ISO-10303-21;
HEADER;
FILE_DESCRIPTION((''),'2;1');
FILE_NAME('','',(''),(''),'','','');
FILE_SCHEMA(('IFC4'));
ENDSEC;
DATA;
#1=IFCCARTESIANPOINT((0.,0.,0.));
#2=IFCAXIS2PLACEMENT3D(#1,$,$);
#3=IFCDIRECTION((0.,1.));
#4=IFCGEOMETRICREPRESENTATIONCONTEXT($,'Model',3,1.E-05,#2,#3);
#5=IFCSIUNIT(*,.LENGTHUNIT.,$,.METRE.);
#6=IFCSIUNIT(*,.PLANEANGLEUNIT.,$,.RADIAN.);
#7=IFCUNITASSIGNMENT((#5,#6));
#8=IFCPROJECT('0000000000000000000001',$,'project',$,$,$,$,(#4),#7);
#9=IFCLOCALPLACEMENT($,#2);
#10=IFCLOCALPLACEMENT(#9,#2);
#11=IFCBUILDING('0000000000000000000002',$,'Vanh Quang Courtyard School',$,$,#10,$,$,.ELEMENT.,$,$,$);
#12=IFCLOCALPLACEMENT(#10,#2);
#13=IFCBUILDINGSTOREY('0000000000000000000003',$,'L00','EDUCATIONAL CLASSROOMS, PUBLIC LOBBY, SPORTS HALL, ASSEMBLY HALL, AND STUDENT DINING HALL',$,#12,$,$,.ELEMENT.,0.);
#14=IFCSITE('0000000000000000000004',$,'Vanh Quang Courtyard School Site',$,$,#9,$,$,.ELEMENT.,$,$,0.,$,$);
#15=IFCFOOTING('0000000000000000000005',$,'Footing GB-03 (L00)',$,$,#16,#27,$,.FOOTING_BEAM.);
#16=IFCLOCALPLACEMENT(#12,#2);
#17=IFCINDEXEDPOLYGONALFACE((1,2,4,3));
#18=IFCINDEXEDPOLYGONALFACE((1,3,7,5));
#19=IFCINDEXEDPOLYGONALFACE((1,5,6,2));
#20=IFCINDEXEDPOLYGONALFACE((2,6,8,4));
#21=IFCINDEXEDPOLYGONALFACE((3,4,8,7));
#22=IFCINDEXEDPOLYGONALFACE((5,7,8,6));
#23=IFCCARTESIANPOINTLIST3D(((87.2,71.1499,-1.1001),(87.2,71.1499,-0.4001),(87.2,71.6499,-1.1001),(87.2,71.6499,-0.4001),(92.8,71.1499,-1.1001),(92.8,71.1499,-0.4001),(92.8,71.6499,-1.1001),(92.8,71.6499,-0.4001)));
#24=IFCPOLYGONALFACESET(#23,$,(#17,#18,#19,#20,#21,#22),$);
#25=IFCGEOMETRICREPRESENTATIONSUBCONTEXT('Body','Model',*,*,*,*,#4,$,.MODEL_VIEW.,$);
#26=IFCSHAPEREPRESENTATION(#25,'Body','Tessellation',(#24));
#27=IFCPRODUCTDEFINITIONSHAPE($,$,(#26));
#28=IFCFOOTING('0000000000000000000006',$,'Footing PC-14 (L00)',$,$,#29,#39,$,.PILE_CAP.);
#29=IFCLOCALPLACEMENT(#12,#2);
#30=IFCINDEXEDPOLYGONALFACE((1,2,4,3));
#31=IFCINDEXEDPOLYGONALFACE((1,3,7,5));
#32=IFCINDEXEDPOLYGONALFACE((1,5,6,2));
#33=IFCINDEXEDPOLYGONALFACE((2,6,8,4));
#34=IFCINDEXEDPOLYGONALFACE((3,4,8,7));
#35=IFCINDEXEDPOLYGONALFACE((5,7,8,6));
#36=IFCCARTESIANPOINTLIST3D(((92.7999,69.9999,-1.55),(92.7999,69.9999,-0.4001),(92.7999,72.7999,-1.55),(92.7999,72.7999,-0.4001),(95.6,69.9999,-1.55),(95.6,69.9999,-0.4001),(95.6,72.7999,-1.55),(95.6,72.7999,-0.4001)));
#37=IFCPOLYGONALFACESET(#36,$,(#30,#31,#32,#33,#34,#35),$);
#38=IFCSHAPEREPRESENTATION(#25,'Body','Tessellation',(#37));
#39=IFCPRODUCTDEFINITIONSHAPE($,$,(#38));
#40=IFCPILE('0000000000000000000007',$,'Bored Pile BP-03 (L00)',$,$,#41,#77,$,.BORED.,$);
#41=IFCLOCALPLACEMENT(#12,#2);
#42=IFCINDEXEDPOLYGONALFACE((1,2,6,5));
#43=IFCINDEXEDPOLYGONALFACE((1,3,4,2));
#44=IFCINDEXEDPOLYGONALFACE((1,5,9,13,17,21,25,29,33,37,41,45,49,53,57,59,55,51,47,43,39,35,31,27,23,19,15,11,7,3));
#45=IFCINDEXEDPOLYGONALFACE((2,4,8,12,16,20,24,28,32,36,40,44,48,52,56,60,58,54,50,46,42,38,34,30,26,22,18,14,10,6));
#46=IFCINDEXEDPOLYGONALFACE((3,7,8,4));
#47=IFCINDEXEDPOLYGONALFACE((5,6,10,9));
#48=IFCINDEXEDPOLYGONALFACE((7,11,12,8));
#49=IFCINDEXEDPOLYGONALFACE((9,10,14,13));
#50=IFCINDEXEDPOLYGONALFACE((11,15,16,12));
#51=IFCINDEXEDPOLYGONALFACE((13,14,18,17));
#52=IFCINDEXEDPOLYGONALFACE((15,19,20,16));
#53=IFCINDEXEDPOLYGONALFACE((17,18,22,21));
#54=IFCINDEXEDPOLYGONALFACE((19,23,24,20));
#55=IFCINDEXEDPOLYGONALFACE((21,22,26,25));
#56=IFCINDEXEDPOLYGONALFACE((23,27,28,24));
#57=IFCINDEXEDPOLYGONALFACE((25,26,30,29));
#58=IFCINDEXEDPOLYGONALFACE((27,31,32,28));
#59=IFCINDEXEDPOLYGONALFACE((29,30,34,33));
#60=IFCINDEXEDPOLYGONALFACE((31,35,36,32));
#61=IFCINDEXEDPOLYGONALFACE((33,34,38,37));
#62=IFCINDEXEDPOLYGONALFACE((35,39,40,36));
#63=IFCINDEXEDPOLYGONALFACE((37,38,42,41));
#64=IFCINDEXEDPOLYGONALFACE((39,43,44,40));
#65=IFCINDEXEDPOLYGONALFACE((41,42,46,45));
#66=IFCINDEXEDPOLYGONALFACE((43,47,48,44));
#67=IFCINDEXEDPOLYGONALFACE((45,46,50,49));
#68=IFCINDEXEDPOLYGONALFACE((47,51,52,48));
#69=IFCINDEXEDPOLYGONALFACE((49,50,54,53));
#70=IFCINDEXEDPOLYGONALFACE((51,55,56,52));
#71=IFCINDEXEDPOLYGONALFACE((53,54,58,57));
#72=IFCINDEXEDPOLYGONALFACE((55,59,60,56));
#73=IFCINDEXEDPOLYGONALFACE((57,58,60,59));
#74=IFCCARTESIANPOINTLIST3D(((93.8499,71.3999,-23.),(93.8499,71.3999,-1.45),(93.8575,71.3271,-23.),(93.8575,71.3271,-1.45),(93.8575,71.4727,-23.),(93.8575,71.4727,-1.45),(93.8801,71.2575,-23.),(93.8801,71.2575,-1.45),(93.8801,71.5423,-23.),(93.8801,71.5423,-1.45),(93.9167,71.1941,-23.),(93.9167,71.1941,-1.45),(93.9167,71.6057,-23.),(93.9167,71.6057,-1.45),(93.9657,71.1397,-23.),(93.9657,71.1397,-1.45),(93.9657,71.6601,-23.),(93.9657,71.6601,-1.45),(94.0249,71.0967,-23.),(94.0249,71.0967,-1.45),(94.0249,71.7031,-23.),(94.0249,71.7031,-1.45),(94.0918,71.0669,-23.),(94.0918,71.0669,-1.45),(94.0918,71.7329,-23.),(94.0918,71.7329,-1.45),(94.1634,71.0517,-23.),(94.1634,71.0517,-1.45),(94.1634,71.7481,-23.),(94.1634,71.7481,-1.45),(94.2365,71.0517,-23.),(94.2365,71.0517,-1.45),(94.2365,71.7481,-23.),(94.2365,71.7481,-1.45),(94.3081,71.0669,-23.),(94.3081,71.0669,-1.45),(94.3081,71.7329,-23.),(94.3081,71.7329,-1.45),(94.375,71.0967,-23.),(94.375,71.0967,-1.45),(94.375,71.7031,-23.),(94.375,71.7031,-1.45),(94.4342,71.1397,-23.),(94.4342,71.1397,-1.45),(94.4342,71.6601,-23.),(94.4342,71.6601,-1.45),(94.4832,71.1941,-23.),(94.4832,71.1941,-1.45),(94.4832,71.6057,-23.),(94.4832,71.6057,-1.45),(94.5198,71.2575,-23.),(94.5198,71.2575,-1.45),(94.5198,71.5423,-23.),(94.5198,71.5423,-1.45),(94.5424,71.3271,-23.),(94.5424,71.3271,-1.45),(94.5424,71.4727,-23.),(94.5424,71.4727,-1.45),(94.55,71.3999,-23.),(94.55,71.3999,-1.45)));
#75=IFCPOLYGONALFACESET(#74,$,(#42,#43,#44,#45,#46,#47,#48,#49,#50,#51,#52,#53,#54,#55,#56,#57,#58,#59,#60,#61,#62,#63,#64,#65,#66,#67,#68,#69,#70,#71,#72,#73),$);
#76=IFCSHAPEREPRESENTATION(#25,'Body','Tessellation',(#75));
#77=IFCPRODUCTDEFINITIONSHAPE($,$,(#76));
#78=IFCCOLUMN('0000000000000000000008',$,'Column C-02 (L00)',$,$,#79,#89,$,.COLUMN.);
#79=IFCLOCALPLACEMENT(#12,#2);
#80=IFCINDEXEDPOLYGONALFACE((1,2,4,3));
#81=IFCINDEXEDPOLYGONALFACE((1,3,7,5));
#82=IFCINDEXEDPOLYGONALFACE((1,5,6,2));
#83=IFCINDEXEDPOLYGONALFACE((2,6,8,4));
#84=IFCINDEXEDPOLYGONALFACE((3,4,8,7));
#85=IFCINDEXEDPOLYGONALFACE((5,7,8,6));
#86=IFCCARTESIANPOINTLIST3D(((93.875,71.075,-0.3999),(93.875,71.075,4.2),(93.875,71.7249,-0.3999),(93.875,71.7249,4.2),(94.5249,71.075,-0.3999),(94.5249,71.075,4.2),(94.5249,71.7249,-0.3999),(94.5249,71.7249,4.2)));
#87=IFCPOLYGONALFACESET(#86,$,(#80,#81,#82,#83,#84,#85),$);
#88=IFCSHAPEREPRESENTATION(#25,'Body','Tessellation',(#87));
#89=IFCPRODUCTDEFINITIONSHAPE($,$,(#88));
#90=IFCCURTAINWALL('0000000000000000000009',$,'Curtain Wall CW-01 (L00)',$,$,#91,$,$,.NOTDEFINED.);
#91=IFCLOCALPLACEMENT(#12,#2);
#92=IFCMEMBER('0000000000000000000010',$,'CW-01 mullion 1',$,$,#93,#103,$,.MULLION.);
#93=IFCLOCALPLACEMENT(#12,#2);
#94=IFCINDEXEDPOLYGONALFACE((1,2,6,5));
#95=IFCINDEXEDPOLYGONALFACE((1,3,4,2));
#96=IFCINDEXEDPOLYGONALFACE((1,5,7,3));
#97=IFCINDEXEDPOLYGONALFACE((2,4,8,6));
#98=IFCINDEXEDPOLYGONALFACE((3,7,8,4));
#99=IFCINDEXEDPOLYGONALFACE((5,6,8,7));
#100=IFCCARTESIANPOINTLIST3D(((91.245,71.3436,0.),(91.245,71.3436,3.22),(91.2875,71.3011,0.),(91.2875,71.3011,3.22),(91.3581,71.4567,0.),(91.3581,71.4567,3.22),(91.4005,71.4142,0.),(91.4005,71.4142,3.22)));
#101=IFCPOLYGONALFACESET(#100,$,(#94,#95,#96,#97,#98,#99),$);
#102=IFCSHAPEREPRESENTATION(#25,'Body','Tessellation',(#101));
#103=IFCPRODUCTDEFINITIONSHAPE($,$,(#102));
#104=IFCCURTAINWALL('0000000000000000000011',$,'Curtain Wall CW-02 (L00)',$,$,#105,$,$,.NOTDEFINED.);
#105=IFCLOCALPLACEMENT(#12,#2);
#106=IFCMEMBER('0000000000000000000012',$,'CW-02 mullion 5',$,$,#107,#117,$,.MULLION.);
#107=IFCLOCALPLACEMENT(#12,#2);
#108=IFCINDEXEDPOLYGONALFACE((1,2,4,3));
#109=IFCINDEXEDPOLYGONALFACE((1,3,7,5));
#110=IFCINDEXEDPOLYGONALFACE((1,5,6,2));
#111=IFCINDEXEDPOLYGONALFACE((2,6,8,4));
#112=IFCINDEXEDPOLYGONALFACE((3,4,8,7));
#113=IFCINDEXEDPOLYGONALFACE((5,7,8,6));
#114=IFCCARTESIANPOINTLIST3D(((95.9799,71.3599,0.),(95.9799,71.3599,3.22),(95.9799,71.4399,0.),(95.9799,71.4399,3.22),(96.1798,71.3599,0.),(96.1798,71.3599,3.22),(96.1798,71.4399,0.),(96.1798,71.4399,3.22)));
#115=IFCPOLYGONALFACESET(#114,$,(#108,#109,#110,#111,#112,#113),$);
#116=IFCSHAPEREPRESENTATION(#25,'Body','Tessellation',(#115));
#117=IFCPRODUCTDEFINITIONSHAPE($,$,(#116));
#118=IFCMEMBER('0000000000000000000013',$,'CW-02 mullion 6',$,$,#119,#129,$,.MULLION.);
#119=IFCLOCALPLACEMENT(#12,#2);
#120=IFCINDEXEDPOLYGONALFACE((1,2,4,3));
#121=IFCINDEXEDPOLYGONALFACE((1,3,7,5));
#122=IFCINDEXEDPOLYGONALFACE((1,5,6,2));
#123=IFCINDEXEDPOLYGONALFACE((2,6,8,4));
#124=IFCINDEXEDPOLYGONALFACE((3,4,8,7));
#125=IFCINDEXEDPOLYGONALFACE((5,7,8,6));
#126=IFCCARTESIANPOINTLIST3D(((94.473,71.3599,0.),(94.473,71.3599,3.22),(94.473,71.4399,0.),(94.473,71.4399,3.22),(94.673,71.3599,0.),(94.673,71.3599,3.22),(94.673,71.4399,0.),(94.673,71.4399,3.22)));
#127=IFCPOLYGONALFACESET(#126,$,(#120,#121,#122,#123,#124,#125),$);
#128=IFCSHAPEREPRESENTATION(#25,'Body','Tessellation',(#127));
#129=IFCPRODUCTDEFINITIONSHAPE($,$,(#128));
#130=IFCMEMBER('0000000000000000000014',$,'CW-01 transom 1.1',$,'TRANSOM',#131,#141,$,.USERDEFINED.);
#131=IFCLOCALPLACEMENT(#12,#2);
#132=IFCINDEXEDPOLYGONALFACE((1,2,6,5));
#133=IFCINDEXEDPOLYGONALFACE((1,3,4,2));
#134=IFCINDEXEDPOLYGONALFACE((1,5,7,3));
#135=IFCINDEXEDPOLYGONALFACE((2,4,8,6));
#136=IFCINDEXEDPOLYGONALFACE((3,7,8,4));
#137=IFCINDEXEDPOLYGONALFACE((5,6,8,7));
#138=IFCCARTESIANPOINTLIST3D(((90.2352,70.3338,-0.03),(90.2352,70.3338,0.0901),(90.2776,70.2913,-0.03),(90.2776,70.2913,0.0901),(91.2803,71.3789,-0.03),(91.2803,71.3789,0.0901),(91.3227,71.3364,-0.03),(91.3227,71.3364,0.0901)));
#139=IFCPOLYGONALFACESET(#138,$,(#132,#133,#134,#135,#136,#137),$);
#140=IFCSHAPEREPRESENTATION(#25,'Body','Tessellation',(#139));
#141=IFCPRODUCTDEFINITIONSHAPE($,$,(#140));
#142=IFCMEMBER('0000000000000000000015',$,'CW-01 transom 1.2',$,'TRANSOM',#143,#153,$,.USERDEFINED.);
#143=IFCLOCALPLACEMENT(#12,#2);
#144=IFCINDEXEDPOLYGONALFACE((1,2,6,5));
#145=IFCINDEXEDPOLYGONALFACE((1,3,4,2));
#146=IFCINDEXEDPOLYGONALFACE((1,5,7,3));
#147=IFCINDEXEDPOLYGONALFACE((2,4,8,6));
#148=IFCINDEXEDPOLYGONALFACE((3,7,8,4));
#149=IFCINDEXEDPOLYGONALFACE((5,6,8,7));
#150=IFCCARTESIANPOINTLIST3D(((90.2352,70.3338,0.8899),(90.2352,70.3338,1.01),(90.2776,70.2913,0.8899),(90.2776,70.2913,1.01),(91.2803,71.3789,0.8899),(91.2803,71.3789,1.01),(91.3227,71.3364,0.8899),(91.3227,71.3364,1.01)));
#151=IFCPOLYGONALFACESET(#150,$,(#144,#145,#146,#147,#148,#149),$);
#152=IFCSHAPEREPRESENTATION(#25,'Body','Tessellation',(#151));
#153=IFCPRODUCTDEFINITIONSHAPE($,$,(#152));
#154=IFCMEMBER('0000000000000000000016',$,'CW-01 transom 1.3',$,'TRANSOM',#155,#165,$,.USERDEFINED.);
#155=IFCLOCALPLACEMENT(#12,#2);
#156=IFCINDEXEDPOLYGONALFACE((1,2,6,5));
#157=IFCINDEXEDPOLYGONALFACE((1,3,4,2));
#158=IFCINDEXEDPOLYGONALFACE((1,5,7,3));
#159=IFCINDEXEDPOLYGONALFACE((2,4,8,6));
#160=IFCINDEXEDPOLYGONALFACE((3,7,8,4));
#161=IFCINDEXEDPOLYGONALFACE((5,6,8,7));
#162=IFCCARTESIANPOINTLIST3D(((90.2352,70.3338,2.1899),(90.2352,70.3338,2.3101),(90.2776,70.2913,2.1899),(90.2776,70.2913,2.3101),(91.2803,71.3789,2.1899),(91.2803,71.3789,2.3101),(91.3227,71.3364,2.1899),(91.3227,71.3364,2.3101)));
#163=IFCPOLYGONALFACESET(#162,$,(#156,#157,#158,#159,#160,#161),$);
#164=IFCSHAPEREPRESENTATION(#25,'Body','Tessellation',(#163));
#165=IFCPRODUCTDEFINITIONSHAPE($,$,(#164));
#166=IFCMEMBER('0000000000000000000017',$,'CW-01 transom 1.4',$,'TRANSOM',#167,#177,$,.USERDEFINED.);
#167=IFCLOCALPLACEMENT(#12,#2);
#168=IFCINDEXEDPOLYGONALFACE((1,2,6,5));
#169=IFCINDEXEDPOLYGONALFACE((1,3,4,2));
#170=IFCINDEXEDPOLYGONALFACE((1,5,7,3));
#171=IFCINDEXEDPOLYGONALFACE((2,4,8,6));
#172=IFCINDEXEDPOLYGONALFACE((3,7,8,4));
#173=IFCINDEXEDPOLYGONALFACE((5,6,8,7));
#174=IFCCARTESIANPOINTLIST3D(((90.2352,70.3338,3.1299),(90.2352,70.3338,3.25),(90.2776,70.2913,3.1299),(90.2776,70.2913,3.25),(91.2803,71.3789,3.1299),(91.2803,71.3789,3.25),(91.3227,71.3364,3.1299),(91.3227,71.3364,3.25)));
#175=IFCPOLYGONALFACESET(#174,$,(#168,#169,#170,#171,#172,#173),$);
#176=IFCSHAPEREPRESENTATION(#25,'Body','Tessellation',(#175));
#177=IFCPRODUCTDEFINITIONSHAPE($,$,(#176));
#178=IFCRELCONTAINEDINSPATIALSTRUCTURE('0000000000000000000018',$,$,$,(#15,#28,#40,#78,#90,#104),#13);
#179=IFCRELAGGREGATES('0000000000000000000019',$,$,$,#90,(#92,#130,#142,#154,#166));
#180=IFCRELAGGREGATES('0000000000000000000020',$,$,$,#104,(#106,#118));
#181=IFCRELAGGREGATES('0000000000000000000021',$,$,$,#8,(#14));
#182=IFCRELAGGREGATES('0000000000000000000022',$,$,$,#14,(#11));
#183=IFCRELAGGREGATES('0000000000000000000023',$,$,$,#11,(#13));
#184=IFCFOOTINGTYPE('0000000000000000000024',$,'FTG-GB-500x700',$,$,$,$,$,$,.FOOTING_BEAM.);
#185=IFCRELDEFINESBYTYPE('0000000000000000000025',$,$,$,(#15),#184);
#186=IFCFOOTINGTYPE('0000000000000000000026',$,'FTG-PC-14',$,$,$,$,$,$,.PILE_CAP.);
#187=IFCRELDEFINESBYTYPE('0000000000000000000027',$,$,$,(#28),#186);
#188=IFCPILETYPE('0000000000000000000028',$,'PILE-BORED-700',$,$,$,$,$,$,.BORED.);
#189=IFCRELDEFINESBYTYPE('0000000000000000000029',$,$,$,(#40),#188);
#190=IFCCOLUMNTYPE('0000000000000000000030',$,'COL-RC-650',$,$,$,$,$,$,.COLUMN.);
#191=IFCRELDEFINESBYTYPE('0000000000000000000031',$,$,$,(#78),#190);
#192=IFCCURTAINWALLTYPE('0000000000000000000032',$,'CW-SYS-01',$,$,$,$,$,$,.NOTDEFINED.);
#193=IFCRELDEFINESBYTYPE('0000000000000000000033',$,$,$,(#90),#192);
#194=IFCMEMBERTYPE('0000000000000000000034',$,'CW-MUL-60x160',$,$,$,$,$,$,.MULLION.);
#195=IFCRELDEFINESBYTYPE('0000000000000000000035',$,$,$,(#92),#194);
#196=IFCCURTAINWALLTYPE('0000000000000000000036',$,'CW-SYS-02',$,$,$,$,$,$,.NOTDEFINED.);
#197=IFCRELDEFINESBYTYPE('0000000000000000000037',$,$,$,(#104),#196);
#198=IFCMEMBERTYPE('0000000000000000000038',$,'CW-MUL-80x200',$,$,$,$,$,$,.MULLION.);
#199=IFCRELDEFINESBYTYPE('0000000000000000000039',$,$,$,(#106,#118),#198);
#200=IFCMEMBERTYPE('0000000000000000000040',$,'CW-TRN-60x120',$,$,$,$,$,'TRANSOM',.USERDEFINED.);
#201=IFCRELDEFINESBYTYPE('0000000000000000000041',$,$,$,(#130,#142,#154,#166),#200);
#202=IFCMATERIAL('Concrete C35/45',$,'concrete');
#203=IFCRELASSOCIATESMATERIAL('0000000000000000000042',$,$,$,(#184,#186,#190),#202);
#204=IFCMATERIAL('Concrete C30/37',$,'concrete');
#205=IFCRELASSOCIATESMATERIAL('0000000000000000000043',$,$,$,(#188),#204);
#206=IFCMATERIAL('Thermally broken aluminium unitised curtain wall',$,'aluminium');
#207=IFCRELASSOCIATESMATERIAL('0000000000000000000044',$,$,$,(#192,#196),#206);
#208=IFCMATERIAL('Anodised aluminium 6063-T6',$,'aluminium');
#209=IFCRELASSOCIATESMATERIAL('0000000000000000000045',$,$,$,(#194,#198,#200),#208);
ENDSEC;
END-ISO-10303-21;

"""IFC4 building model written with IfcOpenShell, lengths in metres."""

from ifc_helpers import new_model, si_unit, direction, frame, origin, origin_2d, place, context, subcontext, project, spatial, rectangle, circle, extrude, material, material_profile, profile_set, type_object, element, aggregate, save


model = new_model("IFC4")

# Units and contexts
model_context = context("Model", 3, precision=1e-05, world=origin(), true_north=direction((0.0, 1.0)))
body_context = subcontext(model_context, "Body", "Model", "MODEL_VIEW")
ifc_project = project(units=[si_unit("LENGTHUNIT", "METRE"), si_unit("PLANEANGLEUNIT", "RADIAN")], contexts=[model_context])

# Site, building, storey
site_placement = place(None, origin())
site = spatial("IfcSite", under=ifc_project, at=site_placement, Name="Vanh Quang Courtyard School Site", CompositionType="ELEMENT", RefElevation=0.0)
building_placement = place(site_placement, origin())
building = spatial("IfcBuilding", under=site, at=building_placement, Name="Vanh Quang Courtyard School", CompositionType="ELEMENT")
storey_placement = place(building_placement, origin())
storey = spatial("IfcBuildingStorey", under=building, at=storey_placement, Name="L00", Description="EDUCATIONAL CLASSROOMS, PUBLIC LOBBY, SPORTS HALL, ASSEMBLY HALL, AND STUDENT DINING HALL", CompositionType="ELEMENT", Elevation=0.0)

# Footings
ifc_material_1 = material(Name="Concrete C35/45", Category="concrete")
footing_type_1 = type_object("IfcFootingType", Name="FTG-GB-500x700", PredefinedType="FOOTING_BEAM", material=ifc_material_1)
footing_1_placement = place(storey_placement, frame((90.0, 71.3999, -1.1001), z_axis=(0.0, 0.0, 1.0), x_axis=(1.0, 0.0, 0.0)))
element("IfcFooting", 1, at=footing_1_placement, inside=storey, type_object=footing_type_1, Name="Footing GB-03 (L00)", PredefinedType="FOOTING_BEAM", context=body_context, shape_type="SweptSolid", body=[
    extrude(rectangle(XDim=5.6001, YDim=0.5, at=origin_2d()), origin(), (0.0, 0.0, 1.0), 0.7),
])
footing_type_2 = type_object("IfcFootingType", Name="FTG-PC-14", PredefinedType="PILE_CAP", material=ifc_material_1)
footing_2_placement = place(storey_placement, frame((94.2, 71.3999, -1.55), z_axis=(0.0, 0.0, 1.0), x_axis=(1.0, 0.0, 0.0)))
element("IfcFooting", 2, at=footing_2_placement, inside=storey, type_object=footing_type_2, Name="Footing PC-14 (L00)", PredefinedType="PILE_CAP", context=body_context, shape_type="SweptSolid", body=[
    extrude(rectangle(XDim=2.8, YDim=2.8, at=origin_2d()), origin(), (0.0, 0.0, 1.0), 1.1499),
])

# Pile
ifc_material_2 = material(Name="Concrete C30/37", Category="concrete")
ifc_material_profile_1 = material_profile(ifc_material_2, circle(Radius=0.3501, at=origin_2d()), Name="PILE D700")
ifc_profile_set_1 = profile_set([ifc_material_profile_1], Name="Concrete C30/37")
pile_type = type_object("IfcPileType", Name="PILE-BORED-700", PredefinedType="BORED", material=ifc_profile_set_1)
pile_placement = place(storey_placement, frame((94.2, 71.3999, -1.45), z_axis=(0.0, 0.0, -1.0), x_axis=(1.0, 0.0, 0.0)))
element("IfcPile", 3, at=pile_placement, inside=storey, type_object=pile_type, Name="Bored Pile BP-03 (L00)", PredefinedType="BORED", context=body_context, shape_type="SweptSolid", body=[
    extrude(circle(Radius=0.3501, at=origin_2d()), origin(), (0.0, 0.0, 1.0), 21.55),
])

# Column
ifc_material_profile_2 = material_profile(ifc_material_1, rectangle(XDim=0.6499, YDim=0.6499, at=origin_2d()), Name="RC-COL 650x650")
ifc_profile_set_2 = profile_set([ifc_material_profile_2], Name="Concrete C35/45")
column_type = type_object("IfcColumnType", Name="COL-RC-650", PredefinedType="COLUMN", material=ifc_profile_set_2)
column_placement = place(storey_placement, frame((94.2, 71.3999, -0.3999), z_axis=(0.0, 0.0, 1.0), x_axis=(1.0, 0.0, 0.0)))
element("IfcColumn", 4, at=column_placement, inside=storey, type_object=column_type, Name="Column C-02 (L00)", PredefinedType="COLUMN", context=body_context, shape_type="SweptSolid", body=[
    extrude(rectangle(XDim=0.6499, YDim=0.6499, at=origin_2d()), origin(), (0.0, 0.0, 1.0), 4.5999),
])

# Curtain wall, member
ifc_material_3 = material(Name="Thermally broken aluminium unitised curtain wall", Category="aluminium")
curtain_wall_type_1 = type_object("IfcCurtainWallType", Name="CW-SYS-01", PredefinedType="NOTDEFINED", material=ifc_material_3)
curtain_wall_1_placement = place(storey_placement, origin())
curtain_wall_1 = element("IfcCurtainWall", 5, at=curtain_wall_1_placement, inside=storey, type_object=curtain_wall_type_1, Name="Curtain Wall CW-01 (L00)", PredefinedType="NOTDEFINED")
ifc_material_4 = material(Name="Anodised aluminium 6063-T6", Category="aluminium")
ifc_material_profile_3 = material_profile(ifc_material_4, rectangle(XDim=0.0601, YDim=0.1599, at=origin_2d()), Name="ALU-MUL 60x160")
ifc_profile_set_3 = profile_set([ifc_material_profile_3], Name="Anodised aluminium 6063-T6")
member_type_1 = type_object("IfcMemberType", Name="CW-MUL-60x160", PredefinedType="MULLION", material=ifc_profile_set_3)
member_1_placement = place(storey_placement, frame((91.3228, 71.3789, 0.0), z_axis=(0.0, 0.0, 1.0), x_axis=(0.707107, -0.707107, 0.0)))
member_1 = element("IfcMember", 6, at=member_1_placement, type_object=member_type_1, Name="CW-01 mullion 1", PredefinedType="MULLION", context=body_context, shape_type="SweptSolid", body=[
    extrude(rectangle(XDim=0.0601, YDim=0.1599, at=origin_2d()), origin(), (0.0, 0.0, 1.0), 3.22),
])

# Curtain wall, members
curtain_wall_type_2 = type_object("IfcCurtainWallType", Name="CW-SYS-02", PredefinedType="NOTDEFINED", material=ifc_material_3)
curtain_wall_2_placement = place(storey_placement, origin())
curtain_wall_2 = element("IfcCurtainWall", 7, at=curtain_wall_2_placement, inside=storey, type_object=curtain_wall_type_2, Name="Curtain Wall CW-02 (L00)", PredefinedType="NOTDEFINED")
ifc_material_profile_4 = material_profile(ifc_material_4, rectangle(XDim=0.0801, YDim=0.2, at=origin_2d()), Name="ALU-MUL 80x200")
ifc_profile_set_4 = profile_set([ifc_material_profile_4], Name="Anodised aluminium 6063-T6")
member_type_2 = type_object("IfcMemberType", Name="CW-MUL-80x200", PredefinedType="MULLION", material=ifc_profile_set_4)
member_2_placement = place(storey_placement, frame((96.0798, 71.3999, 0.0), z_axis=(0.0, 0.0, 1.0), x_axis=(0.0, -1.0, 0.0)))
member_2 = element("IfcMember", 8, at=member_2_placement, type_object=member_type_2, Name="CW-02 mullion 5", PredefinedType="MULLION", context=body_context, shape_type="SweptSolid", body=[
    extrude(rectangle(XDim=0.0801, YDim=0.2, at=origin_2d()), origin(), (0.0, 0.0, 1.0), 3.22),
])
member_3_placement = place(storey_placement, frame((94.573, 71.3999, 0.0), z_axis=(0.0, 0.0, 1.0), x_axis=(0.0, -1.0, 0.0)))
member_3 = element("IfcMember", 9, at=member_3_placement, type_object=member_type_2, Name="CW-02 mullion 6", PredefinedType="MULLION", context=body_context, shape_type="SweptSolid", body=[
    extrude(rectangle(XDim=0.0801, YDim=0.2, at=origin_2d()), origin(), (0.0, 0.0, 1.0), 3.22),
])

# Members
ifc_material_profile_5 = material_profile(ifc_material_4, rectangle(XDim=0.0601, YDim=0.1201, at=origin_2d()), Name="ALU-TRN 60x120")
ifc_profile_set_5 = profile_set([ifc_material_profile_5], Name="Anodised aluminium 6063-T6")
member_type_3 = type_object("IfcMemberType", Name="CW-TRN-60x120", ElementType="TRANSOM", PredefinedType="USERDEFINED", material=ifc_profile_set_5)
member_4_placement = place(storey_placement, frame((91.3015, 71.3577, 0.03), z_axis=(-0.707107, -0.707107, 0.0), x_axis=(0.707107, -0.707107, 0.0)))
member_4 = element("IfcMember", 10, at=member_4_placement, type_object=member_type_3, Name="CW-01 transom 1.1", ObjectType="TRANSOM", PredefinedType="USERDEFINED", context=body_context, shape_type="SweptSolid", body=[
    extrude(rectangle(XDim=0.0601, YDim=0.1201, at=origin_2d()), origin(), (0.0, 0.0, 1.0), 1.478),
])
member_5_placement = place(storey_placement, frame((91.3015, 71.3577, 0.95), z_axis=(-0.707107, -0.707107, 0.0), x_axis=(0.707107, -0.707107, 0.0)))
member_5 = element("IfcMember", 11, at=member_5_placement, type_object=member_type_3, Name="CW-01 transom 1.2", ObjectType="TRANSOM", PredefinedType="USERDEFINED", context=body_context, shape_type="SweptSolid", body=[
    extrude(rectangle(XDim=0.0601, YDim=0.1201, at=origin_2d()), origin(), (0.0, 0.0, 1.0), 1.478),
])
member_6_placement = place(storey_placement, frame((91.3015, 71.3577, 2.25), z_axis=(-0.707107, -0.707107, 0.0), x_axis=(0.707107, -0.707107, 0.0)))
member_6 = element("IfcMember", 12, at=member_6_placement, type_object=member_type_3, Name="CW-01 transom 1.3", ObjectType="TRANSOM", PredefinedType="USERDEFINED", context=body_context, shape_type="SweptSolid", body=[
    extrude(rectangle(XDim=0.0601, YDim=0.1201, at=origin_2d()), origin(), (0.0, 0.0, 1.0), 1.478),
])
member_7_placement = place(storey_placement, frame((91.3015, 71.3577, 3.1899), z_axis=(-0.707107, -0.707107, 0.0), x_axis=(0.707107, -0.707107, 0.0)))
member_7 = element("IfcMember", 13, at=member_7_placement, type_object=member_type_3, Name="CW-01 transom 1.4", ObjectType="TRANSOM", PredefinedType="USERDEFINED", context=body_context, shape_type="SweptSolid", body=[
    extrude(rectangle(XDim=0.0601, YDim=0.1201, at=origin_2d()), origin(), (0.0, 0.0, 1.0), 1.478),
])

aggregate(curtain_wall_1, [member_1, member_4, member_5, member_6, member_7])
aggregate(curtain_wall_2, [member_2, member_3])

save(model, "model.ifc")
